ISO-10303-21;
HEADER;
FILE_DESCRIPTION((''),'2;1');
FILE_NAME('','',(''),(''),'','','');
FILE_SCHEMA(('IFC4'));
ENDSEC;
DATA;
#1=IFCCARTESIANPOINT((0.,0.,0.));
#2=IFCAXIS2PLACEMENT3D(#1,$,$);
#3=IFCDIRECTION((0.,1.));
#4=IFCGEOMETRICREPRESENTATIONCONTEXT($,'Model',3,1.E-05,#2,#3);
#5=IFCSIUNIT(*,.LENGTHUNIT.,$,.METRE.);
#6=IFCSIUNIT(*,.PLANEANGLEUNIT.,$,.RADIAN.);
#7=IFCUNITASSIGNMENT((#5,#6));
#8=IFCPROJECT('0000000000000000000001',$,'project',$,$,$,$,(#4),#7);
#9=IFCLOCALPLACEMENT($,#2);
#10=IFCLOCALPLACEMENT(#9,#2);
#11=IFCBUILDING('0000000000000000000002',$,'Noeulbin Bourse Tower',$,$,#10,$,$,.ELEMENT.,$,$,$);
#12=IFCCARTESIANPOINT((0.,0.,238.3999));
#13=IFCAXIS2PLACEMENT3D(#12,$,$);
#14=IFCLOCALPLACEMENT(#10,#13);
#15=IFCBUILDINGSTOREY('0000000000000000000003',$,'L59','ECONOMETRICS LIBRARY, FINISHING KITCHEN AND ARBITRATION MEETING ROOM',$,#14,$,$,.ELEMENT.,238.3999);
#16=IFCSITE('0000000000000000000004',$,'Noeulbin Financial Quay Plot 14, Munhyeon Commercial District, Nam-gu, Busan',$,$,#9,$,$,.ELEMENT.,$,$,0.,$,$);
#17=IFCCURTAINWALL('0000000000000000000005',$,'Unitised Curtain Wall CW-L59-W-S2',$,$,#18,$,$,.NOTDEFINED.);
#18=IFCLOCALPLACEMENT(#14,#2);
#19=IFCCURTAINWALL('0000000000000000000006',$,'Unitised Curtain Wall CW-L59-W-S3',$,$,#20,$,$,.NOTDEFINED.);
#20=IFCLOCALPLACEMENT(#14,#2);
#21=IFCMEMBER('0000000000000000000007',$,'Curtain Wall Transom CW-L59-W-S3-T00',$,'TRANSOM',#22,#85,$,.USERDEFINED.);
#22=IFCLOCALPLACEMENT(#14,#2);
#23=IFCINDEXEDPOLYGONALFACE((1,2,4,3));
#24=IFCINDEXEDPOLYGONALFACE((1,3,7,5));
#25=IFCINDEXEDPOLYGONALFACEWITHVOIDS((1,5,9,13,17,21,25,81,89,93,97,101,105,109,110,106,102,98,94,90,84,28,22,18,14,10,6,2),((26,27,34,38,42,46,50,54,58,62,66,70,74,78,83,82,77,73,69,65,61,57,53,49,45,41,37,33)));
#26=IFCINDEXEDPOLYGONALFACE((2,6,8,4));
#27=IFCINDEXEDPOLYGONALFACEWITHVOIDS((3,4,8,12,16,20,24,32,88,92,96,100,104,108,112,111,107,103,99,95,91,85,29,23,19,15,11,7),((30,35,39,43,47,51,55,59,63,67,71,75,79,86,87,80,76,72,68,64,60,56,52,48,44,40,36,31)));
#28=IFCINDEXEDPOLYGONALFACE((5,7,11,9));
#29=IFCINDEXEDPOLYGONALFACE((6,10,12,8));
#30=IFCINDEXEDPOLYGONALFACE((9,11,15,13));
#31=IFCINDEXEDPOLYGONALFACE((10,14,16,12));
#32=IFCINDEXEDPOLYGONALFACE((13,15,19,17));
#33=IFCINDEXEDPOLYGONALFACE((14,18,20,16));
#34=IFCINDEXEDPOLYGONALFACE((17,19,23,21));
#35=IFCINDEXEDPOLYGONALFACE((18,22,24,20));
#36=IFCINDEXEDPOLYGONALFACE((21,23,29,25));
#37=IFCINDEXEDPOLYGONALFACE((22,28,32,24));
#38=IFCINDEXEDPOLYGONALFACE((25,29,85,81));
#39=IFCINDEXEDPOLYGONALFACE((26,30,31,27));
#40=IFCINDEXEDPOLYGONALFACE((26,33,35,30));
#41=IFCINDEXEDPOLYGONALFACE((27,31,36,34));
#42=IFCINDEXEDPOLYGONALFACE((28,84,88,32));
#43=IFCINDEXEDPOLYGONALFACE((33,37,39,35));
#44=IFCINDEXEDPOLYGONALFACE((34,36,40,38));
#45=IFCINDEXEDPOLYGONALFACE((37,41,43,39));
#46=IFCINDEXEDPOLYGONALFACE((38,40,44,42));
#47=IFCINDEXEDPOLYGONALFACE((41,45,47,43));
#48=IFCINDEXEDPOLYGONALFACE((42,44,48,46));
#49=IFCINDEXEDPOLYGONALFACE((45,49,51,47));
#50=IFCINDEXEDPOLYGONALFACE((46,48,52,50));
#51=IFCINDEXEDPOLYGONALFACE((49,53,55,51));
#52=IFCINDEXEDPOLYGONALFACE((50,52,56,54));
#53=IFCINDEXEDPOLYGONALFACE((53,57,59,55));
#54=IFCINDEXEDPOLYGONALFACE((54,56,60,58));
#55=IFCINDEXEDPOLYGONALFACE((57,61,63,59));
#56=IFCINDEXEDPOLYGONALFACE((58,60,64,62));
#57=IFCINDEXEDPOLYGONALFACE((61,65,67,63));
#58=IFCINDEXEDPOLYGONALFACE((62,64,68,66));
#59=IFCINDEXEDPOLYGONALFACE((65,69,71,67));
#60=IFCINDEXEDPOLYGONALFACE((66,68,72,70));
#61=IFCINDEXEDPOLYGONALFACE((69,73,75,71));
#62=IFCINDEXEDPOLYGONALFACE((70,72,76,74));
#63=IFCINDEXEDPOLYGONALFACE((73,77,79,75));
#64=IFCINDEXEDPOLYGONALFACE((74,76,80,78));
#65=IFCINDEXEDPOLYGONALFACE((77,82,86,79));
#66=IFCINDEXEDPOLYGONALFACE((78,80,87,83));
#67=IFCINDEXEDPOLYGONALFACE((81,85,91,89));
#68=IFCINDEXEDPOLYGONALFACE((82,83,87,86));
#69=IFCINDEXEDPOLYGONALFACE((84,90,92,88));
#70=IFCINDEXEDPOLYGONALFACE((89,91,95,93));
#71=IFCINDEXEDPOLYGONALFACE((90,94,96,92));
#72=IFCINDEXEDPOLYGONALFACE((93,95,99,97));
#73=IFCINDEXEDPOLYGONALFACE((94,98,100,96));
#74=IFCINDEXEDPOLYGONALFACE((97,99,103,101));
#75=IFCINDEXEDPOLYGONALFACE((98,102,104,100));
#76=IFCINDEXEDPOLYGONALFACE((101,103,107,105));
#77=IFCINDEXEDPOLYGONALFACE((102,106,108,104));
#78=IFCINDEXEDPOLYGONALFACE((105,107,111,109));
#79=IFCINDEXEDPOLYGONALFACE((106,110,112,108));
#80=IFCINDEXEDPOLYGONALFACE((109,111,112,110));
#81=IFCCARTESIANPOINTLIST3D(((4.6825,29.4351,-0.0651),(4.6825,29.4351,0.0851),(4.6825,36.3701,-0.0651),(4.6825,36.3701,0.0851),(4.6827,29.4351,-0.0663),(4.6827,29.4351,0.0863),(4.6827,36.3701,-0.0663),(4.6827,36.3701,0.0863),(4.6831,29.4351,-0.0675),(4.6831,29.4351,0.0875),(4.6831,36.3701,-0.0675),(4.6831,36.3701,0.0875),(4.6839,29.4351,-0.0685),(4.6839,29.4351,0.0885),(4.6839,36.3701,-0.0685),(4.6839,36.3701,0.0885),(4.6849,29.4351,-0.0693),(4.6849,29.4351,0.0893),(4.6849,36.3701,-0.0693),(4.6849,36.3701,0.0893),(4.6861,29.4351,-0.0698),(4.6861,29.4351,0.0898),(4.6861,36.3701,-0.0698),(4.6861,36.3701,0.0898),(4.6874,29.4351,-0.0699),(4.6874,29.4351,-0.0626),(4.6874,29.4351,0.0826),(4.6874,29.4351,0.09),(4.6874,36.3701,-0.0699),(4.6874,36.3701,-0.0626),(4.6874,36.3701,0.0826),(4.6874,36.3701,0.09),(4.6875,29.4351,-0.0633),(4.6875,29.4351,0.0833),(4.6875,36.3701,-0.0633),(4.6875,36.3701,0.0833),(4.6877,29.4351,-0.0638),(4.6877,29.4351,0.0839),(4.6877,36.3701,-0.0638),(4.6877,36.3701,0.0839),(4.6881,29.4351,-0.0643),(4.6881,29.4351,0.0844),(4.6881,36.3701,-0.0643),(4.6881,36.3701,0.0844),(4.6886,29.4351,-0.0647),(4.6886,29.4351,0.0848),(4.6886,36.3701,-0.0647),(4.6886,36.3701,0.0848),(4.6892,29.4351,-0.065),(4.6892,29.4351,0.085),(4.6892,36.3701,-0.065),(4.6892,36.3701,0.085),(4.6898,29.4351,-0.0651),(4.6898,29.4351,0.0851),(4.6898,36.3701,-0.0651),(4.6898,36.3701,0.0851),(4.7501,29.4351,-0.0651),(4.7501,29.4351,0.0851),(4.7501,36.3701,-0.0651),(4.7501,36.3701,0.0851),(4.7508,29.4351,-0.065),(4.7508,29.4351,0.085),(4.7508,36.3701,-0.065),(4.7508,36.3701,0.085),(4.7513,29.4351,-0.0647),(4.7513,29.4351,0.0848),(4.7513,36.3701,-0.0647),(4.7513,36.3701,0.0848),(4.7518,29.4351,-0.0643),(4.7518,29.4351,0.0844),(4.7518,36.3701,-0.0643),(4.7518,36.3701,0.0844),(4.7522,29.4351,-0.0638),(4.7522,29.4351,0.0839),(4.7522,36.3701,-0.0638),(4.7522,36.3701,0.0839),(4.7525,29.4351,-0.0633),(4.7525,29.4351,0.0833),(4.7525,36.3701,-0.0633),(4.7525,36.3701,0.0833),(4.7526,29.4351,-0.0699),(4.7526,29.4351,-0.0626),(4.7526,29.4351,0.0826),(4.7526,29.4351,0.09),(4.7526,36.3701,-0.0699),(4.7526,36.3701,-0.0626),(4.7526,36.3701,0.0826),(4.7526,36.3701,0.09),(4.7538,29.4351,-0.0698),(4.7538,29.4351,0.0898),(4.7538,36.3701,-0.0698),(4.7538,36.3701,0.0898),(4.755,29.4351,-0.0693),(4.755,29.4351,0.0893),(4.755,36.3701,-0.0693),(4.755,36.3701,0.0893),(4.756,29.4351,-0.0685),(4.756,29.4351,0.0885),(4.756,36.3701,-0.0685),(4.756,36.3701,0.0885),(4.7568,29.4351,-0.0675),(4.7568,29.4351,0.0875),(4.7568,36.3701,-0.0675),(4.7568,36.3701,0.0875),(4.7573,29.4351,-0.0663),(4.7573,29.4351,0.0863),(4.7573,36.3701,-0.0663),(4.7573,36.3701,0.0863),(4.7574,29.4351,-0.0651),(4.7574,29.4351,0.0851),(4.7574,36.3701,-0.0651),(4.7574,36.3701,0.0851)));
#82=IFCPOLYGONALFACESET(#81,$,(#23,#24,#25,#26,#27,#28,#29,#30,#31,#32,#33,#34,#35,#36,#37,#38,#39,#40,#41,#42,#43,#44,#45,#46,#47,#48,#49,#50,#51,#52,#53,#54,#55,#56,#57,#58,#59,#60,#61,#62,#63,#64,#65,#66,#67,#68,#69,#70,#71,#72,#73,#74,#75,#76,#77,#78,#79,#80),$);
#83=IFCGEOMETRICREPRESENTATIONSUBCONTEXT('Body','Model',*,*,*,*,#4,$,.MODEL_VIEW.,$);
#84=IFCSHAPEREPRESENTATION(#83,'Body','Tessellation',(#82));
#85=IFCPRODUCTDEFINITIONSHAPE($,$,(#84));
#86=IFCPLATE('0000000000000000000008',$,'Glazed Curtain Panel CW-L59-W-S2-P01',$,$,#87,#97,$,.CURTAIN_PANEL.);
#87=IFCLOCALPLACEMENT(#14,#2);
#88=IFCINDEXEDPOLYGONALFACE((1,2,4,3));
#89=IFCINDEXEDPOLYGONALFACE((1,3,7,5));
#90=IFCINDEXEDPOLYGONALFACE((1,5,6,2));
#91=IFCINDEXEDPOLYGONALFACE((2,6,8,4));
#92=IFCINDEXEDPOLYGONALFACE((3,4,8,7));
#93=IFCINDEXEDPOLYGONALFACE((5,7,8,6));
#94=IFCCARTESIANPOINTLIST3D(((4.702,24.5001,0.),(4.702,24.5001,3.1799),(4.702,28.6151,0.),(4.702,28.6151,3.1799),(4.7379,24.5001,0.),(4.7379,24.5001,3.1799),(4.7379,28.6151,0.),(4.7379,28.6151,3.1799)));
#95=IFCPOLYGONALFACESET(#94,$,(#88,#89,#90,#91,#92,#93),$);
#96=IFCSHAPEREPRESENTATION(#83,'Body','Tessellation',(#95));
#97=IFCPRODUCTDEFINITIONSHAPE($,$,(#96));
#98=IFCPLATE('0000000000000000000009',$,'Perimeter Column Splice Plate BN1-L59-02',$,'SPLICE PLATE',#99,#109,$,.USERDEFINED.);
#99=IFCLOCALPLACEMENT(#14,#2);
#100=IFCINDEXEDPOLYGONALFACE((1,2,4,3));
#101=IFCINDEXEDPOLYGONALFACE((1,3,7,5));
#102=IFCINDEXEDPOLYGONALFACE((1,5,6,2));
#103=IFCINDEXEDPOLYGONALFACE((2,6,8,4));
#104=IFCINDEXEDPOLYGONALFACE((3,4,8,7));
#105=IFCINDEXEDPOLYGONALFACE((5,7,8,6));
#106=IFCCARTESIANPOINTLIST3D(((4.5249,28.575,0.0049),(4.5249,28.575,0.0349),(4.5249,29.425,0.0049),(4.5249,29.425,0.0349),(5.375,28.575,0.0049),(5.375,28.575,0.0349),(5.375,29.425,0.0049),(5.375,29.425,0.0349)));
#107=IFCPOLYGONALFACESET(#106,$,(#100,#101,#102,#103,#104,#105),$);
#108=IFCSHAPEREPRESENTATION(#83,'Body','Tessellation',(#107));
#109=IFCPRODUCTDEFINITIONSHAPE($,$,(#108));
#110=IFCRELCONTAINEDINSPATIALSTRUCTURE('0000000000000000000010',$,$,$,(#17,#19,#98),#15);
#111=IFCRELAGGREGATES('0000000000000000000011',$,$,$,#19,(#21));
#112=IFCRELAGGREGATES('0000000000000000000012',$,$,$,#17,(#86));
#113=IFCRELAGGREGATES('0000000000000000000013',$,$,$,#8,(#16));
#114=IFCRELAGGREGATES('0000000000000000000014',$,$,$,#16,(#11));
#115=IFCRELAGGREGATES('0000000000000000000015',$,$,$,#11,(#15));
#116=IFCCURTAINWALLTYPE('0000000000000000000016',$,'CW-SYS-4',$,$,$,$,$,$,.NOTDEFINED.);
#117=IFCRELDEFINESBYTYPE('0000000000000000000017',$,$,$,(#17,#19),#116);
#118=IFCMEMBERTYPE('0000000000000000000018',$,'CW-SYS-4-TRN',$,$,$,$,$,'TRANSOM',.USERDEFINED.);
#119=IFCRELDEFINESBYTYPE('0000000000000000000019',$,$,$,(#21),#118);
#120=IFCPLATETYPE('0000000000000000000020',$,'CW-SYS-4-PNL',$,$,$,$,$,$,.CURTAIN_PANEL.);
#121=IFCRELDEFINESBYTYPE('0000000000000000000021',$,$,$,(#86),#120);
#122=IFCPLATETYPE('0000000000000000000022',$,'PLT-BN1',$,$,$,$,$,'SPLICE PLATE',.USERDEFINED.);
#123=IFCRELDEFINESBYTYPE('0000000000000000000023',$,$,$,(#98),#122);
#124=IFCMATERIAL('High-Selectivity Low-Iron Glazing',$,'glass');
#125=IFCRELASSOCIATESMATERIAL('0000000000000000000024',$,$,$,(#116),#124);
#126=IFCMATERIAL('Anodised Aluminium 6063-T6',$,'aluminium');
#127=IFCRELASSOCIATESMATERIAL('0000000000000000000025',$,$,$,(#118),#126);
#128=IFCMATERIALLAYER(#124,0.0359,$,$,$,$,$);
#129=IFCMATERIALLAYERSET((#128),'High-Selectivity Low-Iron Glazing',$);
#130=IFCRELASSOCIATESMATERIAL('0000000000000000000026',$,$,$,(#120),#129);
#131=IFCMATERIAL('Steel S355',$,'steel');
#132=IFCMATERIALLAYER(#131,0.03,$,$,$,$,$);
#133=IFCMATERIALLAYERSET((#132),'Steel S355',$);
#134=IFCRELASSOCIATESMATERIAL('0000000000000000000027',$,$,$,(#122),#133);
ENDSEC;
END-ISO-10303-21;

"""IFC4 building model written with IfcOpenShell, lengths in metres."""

from ifc_helpers import new_model, si_unit, direction, frame, origin, origin_2d, place, context, subcontext, project, spatial, rectangle, hollow_rectangle, extrude, material, layer, layer_set, material_profile, profile_set, type_object, element, aggregate, save


model = new_model("IFC4")

# Units and contexts
model_context = context("Model", 3, precision=1e-05, world=origin(), true_north=direction((0.0, 1.0)))
body_context = subcontext(model_context, "Body", "Model", "MODEL_VIEW")
ifc_project = project(units=[si_unit("LENGTHUNIT", "METRE"), si_unit("PLANEANGLEUNIT", "RADIAN")], contexts=[model_context])

# Site, building, storey
site_placement = place(None, origin())
site = spatial("IfcSite", under=ifc_project, at=site_placement, Name="Noeulbin Financial Quay Plot 14, Munhyeon Commercial District, Nam-gu, Busan", CompositionType="ELEMENT", RefElevation=0.0)
building_placement = place(site_placement, origin())
building = spatial("IfcBuilding", under=site, at=building_placement, Name="Noeulbin Bourse Tower", CompositionType="ELEMENT")
storey_placement = place(building_placement, frame((0.0, 0.0, 238.3999)))
storey = spatial("IfcBuildingStorey", under=building, at=storey_placement, Name="L59", Description="ECONOMETRICS LIBRARY, FINISHING KITCHEN AND ARBITRATION MEETING ROOM", CompositionType="ELEMENT", Elevation=238.3999)

# Shared definitions
ifc_material_1 = material(Name="Steel S355", Category="steel")

# Curtain walls, member
ifc_material_2 = material(Name="High-Selectivity Low-Iron Glazing", Category="glass")
curtain_wall_type = type_object("IfcCurtainWallType", Name="CW-SYS-4", PredefinedType="NOTDEFINED", material=ifc_material_2)
curtain_wall_1_placement = place(storey_placement, origin())
curtain_wall_1 = element("IfcCurtainWall", 1, at=curtain_wall_1_placement, inside=storey, type_object=curtain_wall_type, Name="Unitised Curtain Wall CW-L59-W-S2", PredefinedType="NOTDEFINED")
ifc_material_3 = material(Name="Anodised Aluminium 6063-T6", Category="aluminium")
curtain_wall_2_placement = place(storey_placement, origin())
curtain_wall_2 = element("IfcCurtainWall", 2, at=curtain_wall_2_placement, inside=storey, type_object=curtain_wall_type, Name="Unitised Curtain Wall CW-L59-W-S3", PredefinedType="NOTDEFINED")
ifc_material_profile_1 = material_profile(ifc_material_3, hollow_rectangle(XDim=0.075, YDim=0.1599, WallThickness=0.0049, InnerFilletRadius=0.0024, OuterFilletRadius=0.0049, at=origin_2d()), Name="ALU-TRAN-75x160x5", Category="LoadBearing")
ifc_profile_set_1 = profile_set([ifc_material_profile_1], Name="Anodised Aluminium 6063-T6")
member_type_1 = type_object("IfcMemberType", Name="CW-SYS-4-TRN", ElementType="TRANSOM", PredefinedType="USERDEFINED", material=ifc_profile_set_1)
member_1_placement = place(storey_placement, frame((4.72, 29.4351, 0.01), z_axis=(0.0, 1.0, 0.0), x_axis=(-1.0, 0.0, 0.0)))
member_1 = element("IfcMember", 3, at=member_1_placement, type_object=member_type_1, Name="Curtain Wall Transom CW-L59-W-S3-T00", ObjectType="TRANSOM", PredefinedType="USERDEFINED", context=body_context, shape_type="SweptSolid", body=[
    extrude(hollow_rectangle(XDim=0.075, YDim=0.1599, WallThickness=0.0049, InnerFilletRadius=0.0024, OuterFilletRadius=0.0049, at=origin_2d()), origin(), (0.0, 0.0, 1.0), 6.9351),
])
aggregate(curtain_wall_2, [member_1])

# Plates
ifc_layer_1 = layer(ifc_material_2, 0.0359)
ifc_layer_set_1 = layer_set([ifc_layer_1], Name="High-Selectivity Low-Iron Glazing")
plate_type_1 = type_object("IfcPlateType", Name="CW-SYS-4-PNL", PredefinedType="CURTAIN_PANEL", material=ifc_layer_set_1)
plate_1_placement = place(storey_placement, frame((4.72, 26.5576, 0.0), z_axis=(0.0, 0.0, 1.0), x_axis=(0.0, 1.0, 0.0)))
plate_1 = element("IfcPlate", 4, at=plate_1_placement, type_object=plate_type_1, Name="Glazed Curtain Panel CW-L59-W-S2-P01", PredefinedType="CURTAIN_PANEL", context=body_context, shape_type="SweptSolid", body=[
    extrude(rectangle(XDim=4.115, YDim=0.0359, at=origin_2d()), origin(), (0.0, 0.0, 1.0), 3.1799),
])
aggregate(curtain_wall_1, [plate_1])
ifc_layer_2 = layer(ifc_material_1, 0.03)
ifc_layer_set_2 = layer_set([ifc_layer_2], Name="Steel S355")
plate_type_2 = type_object("IfcPlateType", Name="PLT-BN1", ElementType="SPLICE PLATE", PredefinedType="USERDEFINED", material=ifc_layer_set_2)
plate_2_placement = place(storey_placement, frame((4.95, 29.0, 0.0049), z_axis=(0.0, 0.0, 1.0), x_axis=(1.0, 0.0, 0.0)))
element("IfcPlate", 5, at=plate_2_placement, inside=storey, type_object=plate_type_2, Name="Perimeter Column Splice Plate BN1-L59-02", ObjectType="SPLICE PLATE", PredefinedType="USERDEFINED", context=body_context, shape_type="SweptSolid", body=[
    extrude(rectangle(XDim=0.8501, YDim=0.8501, at=origin_2d()), origin(), (0.0, 0.0, 1.0), 0.03),
])

save(model, "model.ifc")
